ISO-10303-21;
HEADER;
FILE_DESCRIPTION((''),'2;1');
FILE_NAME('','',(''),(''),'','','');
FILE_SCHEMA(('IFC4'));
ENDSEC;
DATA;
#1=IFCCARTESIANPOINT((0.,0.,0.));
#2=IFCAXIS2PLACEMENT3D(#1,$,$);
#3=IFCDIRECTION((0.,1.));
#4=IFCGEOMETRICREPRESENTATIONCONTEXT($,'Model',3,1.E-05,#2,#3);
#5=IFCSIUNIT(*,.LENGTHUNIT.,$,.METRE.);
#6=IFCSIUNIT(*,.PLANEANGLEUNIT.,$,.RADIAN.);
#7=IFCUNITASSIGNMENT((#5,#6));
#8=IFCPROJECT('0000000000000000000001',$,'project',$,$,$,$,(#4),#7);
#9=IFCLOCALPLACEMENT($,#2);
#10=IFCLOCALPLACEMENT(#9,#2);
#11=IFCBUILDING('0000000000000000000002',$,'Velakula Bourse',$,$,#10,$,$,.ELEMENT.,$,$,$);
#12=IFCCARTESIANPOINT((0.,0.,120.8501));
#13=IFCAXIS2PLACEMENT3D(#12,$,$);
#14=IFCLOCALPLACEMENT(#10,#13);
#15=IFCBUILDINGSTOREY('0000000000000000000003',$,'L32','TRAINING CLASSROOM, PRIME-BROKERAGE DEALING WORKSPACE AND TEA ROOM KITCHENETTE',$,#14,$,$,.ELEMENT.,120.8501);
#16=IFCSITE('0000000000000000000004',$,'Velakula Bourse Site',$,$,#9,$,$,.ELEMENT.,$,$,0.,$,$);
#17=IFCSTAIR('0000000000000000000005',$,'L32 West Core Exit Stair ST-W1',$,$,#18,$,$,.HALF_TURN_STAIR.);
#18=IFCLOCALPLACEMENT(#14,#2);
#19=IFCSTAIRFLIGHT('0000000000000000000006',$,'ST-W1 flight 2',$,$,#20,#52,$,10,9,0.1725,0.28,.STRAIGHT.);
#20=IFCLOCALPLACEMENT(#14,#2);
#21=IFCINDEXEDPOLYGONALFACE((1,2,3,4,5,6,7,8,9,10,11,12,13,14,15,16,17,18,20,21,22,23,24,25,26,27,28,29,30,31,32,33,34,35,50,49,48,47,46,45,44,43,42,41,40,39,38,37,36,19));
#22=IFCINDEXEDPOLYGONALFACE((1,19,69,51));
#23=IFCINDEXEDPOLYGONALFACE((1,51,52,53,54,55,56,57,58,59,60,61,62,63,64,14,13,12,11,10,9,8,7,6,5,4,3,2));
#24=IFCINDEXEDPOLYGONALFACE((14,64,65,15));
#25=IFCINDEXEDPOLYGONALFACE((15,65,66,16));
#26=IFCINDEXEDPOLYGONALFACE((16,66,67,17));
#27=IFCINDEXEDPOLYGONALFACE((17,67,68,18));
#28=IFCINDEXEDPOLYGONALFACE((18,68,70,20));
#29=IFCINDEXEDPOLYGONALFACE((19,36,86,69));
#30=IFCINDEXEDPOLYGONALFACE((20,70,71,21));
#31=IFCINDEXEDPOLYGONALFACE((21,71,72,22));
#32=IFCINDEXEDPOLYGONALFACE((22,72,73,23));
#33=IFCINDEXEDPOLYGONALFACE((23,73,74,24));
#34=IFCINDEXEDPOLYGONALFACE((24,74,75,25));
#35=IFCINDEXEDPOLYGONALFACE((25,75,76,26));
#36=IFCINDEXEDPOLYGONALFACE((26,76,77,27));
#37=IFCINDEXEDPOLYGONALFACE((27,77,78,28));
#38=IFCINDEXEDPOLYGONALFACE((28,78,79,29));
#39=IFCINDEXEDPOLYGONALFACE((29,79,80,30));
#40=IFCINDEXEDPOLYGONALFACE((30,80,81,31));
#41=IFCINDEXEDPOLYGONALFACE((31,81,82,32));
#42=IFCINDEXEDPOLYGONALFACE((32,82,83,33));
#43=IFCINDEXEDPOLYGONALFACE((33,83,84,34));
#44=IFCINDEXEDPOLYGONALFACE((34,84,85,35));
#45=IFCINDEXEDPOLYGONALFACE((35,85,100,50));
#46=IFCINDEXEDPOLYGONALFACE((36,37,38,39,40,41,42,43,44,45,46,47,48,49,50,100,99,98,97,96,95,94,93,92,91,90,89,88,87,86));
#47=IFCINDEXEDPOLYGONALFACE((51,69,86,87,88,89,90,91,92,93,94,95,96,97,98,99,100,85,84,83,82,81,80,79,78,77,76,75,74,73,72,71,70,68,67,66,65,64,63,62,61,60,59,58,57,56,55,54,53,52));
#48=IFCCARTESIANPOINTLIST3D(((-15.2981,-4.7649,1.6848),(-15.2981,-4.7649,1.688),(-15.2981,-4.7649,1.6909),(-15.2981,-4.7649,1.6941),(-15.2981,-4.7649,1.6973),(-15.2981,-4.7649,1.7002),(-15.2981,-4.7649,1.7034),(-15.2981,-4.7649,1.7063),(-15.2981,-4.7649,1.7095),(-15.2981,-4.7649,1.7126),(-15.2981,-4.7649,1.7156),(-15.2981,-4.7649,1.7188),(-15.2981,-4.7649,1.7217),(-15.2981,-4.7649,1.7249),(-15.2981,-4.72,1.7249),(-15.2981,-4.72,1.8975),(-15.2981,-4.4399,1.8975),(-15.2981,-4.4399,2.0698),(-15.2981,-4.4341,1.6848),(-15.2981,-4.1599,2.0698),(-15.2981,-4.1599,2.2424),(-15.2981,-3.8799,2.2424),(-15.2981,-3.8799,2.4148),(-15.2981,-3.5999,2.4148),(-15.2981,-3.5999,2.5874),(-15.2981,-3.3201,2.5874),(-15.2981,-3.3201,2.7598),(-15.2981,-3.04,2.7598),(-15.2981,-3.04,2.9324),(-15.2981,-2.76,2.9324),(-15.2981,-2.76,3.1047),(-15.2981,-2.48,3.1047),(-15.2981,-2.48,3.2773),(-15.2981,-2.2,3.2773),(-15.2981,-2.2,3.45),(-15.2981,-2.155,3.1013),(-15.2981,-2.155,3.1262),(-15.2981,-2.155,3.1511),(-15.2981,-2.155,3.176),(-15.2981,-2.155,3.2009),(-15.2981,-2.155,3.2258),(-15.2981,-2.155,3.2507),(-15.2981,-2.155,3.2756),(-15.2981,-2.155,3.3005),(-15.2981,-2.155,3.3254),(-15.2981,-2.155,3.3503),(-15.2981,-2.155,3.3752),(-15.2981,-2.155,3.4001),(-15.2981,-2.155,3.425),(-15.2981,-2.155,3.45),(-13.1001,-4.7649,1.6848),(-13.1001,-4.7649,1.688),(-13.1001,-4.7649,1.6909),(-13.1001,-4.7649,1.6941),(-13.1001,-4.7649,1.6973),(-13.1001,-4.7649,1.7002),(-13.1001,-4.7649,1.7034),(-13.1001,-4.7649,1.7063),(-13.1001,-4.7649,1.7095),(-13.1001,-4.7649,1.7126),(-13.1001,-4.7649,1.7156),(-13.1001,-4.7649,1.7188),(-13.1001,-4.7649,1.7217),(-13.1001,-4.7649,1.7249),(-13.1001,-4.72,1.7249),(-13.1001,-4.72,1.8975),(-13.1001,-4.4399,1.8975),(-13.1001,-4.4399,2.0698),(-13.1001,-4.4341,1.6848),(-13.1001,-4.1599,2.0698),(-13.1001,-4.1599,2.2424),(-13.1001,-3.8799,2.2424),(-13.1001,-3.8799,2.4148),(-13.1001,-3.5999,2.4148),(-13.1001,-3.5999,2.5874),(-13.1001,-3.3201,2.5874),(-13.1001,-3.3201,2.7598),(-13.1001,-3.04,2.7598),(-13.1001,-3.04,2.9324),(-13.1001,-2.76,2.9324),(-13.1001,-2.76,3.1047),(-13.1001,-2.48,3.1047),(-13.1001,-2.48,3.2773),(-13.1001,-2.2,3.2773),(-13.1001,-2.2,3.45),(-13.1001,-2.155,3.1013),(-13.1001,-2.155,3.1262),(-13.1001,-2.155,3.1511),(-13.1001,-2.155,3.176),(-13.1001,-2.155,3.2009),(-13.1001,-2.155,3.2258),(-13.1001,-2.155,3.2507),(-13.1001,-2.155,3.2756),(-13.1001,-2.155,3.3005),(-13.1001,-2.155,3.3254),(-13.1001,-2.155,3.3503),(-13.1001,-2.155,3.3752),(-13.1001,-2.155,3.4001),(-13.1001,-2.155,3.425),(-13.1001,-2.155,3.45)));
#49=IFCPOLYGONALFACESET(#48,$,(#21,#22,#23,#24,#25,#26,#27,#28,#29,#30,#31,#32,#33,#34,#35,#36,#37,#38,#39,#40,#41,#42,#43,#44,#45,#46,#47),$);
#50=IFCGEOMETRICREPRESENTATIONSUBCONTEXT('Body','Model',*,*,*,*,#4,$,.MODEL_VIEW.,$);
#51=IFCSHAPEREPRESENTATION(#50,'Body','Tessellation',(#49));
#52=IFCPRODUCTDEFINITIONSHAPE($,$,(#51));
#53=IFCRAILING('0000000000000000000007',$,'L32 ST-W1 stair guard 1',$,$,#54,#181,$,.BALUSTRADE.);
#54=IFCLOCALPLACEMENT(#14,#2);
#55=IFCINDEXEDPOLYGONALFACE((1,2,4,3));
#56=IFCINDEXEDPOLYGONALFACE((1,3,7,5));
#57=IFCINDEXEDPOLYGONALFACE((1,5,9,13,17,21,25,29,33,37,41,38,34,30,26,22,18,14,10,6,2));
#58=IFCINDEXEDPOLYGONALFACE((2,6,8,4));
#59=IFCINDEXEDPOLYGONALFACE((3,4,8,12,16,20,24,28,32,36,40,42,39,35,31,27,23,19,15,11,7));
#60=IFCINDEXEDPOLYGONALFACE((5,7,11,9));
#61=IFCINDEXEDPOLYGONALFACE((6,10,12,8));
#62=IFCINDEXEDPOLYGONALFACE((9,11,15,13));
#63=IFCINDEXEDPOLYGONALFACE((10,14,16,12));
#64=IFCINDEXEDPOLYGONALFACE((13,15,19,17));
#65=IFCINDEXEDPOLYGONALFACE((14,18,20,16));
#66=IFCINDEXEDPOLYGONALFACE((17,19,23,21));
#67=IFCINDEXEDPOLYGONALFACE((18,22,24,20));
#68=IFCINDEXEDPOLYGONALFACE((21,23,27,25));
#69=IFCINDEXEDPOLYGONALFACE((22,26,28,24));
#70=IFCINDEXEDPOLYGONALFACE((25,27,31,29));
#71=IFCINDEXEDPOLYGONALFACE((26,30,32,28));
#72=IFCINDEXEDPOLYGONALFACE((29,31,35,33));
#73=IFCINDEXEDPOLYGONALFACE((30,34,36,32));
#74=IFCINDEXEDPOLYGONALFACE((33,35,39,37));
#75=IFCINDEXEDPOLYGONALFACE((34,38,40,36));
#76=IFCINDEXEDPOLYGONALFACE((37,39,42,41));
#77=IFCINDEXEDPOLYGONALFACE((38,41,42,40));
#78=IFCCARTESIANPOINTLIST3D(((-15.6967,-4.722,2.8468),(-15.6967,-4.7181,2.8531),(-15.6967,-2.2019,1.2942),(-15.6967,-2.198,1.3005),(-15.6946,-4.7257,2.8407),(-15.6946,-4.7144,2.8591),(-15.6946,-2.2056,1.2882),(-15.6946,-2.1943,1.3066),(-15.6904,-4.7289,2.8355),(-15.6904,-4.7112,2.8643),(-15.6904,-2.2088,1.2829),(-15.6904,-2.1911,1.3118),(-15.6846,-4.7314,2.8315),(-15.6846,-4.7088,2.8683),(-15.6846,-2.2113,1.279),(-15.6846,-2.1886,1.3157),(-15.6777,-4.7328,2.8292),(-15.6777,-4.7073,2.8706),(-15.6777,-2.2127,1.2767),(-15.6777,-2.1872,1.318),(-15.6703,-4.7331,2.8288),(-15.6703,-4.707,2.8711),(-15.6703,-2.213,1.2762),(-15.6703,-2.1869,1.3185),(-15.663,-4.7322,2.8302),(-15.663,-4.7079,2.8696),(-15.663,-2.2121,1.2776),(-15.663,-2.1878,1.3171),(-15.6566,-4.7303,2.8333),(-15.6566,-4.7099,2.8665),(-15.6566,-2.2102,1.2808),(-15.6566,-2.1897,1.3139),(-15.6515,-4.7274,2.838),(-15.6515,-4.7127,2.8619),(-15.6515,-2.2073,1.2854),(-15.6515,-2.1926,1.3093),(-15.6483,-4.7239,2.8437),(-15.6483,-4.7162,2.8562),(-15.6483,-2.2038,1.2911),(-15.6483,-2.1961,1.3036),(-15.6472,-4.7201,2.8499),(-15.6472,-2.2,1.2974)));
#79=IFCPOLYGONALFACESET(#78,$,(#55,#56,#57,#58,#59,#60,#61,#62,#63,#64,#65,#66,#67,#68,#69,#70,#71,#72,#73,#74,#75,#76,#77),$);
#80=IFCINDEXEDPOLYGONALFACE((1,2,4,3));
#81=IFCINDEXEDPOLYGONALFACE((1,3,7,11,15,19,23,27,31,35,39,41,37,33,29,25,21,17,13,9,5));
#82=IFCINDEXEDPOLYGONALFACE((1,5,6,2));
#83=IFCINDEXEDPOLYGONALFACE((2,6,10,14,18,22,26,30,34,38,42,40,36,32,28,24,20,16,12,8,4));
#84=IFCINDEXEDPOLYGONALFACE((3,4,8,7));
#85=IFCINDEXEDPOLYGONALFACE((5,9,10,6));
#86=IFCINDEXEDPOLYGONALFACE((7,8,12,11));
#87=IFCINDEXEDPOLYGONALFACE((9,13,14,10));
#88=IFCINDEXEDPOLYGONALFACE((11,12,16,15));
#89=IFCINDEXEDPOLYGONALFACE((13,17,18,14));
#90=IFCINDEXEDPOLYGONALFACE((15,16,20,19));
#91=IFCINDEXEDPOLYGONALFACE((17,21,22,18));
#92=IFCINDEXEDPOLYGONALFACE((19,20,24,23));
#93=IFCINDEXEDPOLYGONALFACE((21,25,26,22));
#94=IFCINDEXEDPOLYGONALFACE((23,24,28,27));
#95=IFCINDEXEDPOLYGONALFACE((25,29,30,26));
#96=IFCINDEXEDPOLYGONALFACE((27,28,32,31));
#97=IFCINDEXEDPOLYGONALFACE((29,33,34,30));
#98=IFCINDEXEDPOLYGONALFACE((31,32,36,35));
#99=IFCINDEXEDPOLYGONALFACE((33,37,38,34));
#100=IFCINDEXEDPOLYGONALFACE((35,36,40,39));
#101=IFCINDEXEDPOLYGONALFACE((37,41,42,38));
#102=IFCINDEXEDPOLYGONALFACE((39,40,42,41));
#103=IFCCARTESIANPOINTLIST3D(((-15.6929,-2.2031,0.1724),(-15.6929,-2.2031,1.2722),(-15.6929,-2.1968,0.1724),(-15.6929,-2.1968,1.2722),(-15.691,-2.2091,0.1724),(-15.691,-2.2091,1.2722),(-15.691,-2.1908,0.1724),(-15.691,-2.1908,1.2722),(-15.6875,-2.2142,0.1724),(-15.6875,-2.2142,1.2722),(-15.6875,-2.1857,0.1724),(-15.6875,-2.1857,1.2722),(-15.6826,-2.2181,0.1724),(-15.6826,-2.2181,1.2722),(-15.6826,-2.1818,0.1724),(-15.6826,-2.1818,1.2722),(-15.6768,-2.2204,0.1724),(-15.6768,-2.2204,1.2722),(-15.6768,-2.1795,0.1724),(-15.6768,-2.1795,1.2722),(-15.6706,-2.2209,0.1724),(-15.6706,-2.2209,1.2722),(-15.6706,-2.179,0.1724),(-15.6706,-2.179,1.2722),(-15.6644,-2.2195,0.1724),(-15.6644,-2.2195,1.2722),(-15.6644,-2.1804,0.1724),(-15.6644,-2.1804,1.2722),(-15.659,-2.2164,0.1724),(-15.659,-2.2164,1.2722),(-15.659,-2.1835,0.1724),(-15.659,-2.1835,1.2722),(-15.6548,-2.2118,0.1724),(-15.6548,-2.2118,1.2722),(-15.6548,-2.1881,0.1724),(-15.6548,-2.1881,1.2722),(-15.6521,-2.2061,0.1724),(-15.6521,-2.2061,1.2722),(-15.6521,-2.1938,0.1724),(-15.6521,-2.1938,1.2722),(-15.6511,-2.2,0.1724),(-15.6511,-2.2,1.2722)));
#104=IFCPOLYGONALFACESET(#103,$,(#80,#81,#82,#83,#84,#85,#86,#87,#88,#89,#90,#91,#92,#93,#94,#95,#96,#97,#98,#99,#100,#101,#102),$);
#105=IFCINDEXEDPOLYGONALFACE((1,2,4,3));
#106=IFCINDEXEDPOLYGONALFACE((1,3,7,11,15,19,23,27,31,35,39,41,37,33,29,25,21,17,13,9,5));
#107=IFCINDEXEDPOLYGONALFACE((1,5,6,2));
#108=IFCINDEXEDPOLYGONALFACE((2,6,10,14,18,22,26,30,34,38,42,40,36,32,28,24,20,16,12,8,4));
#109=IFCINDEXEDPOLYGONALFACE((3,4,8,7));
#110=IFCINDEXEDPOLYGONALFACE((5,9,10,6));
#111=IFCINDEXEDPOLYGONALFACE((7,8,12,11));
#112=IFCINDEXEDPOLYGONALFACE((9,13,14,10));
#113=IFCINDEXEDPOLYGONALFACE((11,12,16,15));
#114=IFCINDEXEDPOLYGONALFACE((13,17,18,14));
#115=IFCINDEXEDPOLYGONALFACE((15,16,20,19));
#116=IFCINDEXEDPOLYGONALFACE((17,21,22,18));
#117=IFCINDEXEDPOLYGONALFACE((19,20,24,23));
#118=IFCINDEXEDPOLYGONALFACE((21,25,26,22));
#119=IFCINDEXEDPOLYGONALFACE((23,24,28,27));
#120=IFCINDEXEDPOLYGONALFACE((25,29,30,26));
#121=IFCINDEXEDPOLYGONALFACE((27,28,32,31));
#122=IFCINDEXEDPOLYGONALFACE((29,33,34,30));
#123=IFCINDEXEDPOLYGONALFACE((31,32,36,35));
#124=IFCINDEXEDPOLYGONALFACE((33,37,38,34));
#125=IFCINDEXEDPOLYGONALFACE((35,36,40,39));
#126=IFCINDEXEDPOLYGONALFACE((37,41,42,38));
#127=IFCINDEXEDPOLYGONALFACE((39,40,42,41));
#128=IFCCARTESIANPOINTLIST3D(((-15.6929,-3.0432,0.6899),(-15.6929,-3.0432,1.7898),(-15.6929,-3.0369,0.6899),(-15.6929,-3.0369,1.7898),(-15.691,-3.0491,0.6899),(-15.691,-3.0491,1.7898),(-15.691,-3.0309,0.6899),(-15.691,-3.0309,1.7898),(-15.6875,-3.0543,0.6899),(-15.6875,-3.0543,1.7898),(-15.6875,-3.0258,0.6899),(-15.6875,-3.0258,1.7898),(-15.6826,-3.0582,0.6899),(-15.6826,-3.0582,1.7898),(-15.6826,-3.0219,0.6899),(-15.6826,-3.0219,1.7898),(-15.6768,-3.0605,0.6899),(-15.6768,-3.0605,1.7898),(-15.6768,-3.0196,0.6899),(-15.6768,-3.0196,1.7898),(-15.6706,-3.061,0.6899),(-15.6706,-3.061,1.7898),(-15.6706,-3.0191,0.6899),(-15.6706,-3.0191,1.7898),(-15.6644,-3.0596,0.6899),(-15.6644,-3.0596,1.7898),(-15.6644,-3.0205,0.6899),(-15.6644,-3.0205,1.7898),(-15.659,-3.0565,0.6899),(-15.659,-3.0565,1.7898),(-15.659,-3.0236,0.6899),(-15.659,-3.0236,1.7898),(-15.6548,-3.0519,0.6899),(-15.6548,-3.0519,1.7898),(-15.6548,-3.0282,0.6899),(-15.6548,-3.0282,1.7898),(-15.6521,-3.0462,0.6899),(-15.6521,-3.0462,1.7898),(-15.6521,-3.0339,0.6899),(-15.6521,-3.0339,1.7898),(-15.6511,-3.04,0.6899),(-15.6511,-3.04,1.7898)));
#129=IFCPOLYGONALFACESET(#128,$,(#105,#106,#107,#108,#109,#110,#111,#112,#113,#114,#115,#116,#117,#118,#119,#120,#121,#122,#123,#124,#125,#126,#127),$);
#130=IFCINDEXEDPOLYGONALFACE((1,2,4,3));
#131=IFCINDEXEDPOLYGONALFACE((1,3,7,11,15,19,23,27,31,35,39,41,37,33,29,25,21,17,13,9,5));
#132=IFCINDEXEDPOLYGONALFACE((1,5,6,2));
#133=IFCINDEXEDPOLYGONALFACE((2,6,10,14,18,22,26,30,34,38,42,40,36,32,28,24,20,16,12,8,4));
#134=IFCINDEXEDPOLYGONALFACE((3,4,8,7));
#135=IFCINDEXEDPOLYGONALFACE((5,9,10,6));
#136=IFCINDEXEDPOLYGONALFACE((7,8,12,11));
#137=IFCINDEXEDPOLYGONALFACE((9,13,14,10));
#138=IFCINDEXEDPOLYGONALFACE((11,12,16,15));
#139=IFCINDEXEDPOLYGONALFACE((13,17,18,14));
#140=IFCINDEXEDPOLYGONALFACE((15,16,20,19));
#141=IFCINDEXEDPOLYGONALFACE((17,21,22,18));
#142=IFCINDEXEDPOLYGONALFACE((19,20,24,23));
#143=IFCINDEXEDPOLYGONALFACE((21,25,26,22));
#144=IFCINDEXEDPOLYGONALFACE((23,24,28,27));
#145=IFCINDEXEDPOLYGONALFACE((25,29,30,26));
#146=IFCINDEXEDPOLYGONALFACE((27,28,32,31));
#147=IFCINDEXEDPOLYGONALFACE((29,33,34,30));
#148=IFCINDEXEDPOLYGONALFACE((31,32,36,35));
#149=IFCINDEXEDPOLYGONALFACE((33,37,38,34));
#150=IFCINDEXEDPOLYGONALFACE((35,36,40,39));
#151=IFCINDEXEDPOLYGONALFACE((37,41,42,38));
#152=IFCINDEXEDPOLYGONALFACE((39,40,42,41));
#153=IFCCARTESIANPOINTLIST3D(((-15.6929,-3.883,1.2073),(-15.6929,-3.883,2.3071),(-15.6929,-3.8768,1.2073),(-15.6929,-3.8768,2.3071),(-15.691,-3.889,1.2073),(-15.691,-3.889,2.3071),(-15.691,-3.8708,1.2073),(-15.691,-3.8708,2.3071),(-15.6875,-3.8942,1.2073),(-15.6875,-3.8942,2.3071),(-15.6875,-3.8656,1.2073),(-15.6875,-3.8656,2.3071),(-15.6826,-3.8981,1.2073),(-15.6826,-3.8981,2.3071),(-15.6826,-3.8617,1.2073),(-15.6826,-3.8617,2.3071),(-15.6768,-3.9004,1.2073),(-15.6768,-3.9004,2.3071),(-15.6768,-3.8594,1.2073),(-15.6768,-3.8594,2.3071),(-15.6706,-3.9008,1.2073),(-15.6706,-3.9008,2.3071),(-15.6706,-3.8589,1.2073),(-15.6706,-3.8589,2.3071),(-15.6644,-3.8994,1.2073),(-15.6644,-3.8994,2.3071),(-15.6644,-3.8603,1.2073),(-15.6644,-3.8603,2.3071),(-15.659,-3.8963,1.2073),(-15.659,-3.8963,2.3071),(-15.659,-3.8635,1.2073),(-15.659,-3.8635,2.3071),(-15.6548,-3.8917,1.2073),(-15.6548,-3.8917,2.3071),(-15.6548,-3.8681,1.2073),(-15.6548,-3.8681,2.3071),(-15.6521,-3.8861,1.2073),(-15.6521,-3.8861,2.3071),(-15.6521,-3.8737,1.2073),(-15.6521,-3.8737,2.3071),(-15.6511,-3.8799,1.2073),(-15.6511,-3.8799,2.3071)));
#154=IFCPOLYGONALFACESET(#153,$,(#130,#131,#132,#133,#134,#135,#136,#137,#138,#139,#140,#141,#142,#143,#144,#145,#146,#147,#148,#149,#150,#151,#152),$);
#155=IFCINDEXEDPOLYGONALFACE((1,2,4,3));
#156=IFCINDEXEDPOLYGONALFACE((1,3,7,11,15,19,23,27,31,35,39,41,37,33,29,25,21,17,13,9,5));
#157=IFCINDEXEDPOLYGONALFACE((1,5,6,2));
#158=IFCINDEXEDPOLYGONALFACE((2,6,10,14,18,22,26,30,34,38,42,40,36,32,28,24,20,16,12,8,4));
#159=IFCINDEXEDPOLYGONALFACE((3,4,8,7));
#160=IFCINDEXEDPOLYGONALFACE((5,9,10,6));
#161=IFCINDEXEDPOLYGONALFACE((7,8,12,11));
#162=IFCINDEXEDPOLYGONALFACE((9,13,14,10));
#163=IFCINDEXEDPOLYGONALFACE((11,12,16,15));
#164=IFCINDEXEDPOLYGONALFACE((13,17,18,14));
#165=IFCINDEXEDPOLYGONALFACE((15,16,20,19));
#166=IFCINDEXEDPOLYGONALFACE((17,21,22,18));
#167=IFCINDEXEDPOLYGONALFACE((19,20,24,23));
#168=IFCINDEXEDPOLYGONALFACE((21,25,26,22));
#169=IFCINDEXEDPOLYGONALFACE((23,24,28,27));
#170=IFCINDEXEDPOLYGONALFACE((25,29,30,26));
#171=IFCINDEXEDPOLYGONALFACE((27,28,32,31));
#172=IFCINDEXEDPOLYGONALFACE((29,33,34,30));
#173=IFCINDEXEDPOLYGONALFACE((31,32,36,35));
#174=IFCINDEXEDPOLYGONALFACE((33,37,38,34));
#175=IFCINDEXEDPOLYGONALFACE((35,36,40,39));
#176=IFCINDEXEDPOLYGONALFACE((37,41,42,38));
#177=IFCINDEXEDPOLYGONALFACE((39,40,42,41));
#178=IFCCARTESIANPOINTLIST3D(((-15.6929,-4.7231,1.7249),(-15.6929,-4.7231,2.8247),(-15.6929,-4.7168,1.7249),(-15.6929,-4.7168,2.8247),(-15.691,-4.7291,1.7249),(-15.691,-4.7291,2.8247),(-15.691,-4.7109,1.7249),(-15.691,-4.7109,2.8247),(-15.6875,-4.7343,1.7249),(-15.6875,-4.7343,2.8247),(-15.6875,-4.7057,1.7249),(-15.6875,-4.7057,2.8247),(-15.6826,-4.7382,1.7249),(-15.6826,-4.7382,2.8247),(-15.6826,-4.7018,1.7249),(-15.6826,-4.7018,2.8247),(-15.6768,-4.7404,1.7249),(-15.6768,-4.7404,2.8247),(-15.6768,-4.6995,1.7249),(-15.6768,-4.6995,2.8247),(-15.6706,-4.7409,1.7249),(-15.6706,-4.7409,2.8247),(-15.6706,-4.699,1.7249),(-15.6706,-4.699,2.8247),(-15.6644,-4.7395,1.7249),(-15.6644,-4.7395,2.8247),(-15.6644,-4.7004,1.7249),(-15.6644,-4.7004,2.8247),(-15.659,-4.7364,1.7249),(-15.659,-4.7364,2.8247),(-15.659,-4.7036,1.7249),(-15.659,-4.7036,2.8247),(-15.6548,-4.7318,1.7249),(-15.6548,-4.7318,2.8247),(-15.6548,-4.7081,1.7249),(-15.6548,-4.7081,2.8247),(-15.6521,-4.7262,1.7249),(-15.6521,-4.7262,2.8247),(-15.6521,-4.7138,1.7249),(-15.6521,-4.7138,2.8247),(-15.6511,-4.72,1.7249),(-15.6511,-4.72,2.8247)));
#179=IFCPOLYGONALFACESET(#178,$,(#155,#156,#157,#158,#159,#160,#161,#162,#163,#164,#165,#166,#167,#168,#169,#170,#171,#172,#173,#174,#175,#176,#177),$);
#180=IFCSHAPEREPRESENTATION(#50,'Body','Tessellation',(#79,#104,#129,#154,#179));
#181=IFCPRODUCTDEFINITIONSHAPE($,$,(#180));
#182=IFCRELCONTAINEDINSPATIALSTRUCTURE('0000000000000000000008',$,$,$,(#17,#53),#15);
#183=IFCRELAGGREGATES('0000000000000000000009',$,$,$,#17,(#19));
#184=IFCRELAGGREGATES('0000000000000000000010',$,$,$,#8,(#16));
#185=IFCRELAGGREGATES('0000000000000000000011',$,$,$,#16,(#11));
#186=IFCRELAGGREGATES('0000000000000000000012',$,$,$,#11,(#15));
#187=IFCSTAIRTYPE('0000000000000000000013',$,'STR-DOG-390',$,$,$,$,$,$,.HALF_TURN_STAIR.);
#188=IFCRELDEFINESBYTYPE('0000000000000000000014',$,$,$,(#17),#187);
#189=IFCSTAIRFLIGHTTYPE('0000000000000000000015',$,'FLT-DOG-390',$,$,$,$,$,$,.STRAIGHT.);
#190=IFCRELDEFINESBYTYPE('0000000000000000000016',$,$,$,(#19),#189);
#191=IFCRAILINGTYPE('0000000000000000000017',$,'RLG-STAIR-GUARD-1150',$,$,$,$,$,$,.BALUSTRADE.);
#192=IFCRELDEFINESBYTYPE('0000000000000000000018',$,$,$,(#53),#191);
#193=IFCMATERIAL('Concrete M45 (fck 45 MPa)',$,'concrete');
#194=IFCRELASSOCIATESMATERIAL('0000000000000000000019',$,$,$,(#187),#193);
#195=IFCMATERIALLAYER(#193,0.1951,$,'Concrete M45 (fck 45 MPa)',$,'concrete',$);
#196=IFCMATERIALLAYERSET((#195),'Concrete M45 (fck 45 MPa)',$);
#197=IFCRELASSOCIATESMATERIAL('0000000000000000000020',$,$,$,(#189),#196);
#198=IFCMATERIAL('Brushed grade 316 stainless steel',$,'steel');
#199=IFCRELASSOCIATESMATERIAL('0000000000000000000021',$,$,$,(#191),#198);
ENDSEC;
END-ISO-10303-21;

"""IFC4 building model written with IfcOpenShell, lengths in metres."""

from ifc_helpers import new_model, si_unit, direction, frame, origin, origin_2d, place, context, subcontext, project, spatial, polyline, circle, outline, extrude, material, layer, layer_set, type_object, element, aggregate, save


model = new_model("IFC4")

# Units and contexts
model_context = context("Model", 3, precision=1e-05, world=origin(), true_north=direction((0.0, 1.0)))
body_context = subcontext(model_context, "Body", "Model", "MODEL_VIEW")
ifc_project = project(units=[si_unit("LENGTHUNIT", "METRE"), si_unit("PLANEANGLEUNIT", "RADIAN")], contexts=[model_context])

# Site, building, storey
site_placement = place(None, origin())
site = spatial("IfcSite", under=ifc_project, at=site_placement, Name="Velakula Bourse Site", CompositionType="ELEMENT", RefElevation=0.0)
building_placement = place(site_placement, origin())
building = spatial("IfcBuilding", under=site, at=building_placement, Name="Velakula Bourse", CompositionType="ELEMENT")
storey_placement = place(building_placement, frame((0.0, 0.0, 120.8501)))
storey = spatial("IfcBuildingStorey", under=building, at=storey_placement, Name="L32", Description="TRAINING CLASSROOM, PRIME-BROKERAGE DEALING WORKSPACE AND TEA ROOM KITCHENETTE", CompositionType="ELEMENT", Elevation=120.8501)

# Shared definitions
ifc_material_1 = material(Name="Brushed grade 316 stainless steel", Category="steel")

# Stair, stair flight
ifc_material_2 = material(Name="Concrete M45 (fck 45 MPa)", Category="concrete")
stair_type = type_object("IfcStairType", Name="STR-DOG-390", PredefinedType="HALF_TURN_STAIR", material=ifc_material_2)
stair_placement = place(storey_placement, origin())
stair = element("IfcStair", 1, at=stair_placement, inside=storey, type_object=stair_type, Name="L32 West Core Exit Stair ST-W1", PredefinedType="HALF_TURN_STAIR")
ifc_layer_1 = layer(ifc_material_2, 0.1951, Name="Concrete M45 (fck 45 MPa)", Category="concrete")
ifc_layer_set_1 = layer_set([ifc_layer_1], Name="Concrete M45 (fck 45 MPa)")
stair_flight_type = type_object("IfcStairFlightType", Name="FLT-DOG-390", PredefinedType="STRAIGHT", material=ifc_layer_set_1)
stair_flight_1_placement = place(storey_placement, frame((-14.199, -4.72, 1.7249), z_axis=(0.0, 0.0, 1.0), x_axis=(0.0, 1.0, 0.0)))
stair_flight_1 = element("IfcStairFlight", 2, at=stair_flight_1_placement, type_object=stair_flight_type, Name="ST-W1 flight 2", NumberOfRisers=10, NumberOfTreads=9, PredefinedType="STRAIGHT", RiserHeight=0.1725, TreadLength=0.28, context=body_context, shape_type="SweptSolid", body=[
    extrude(outline(polyline([(-0.0449, -0.04), (-0.0449, -0.0369), (-0.0449, -0.0339), (-0.0449, -0.0308), (-0.0449, -0.0276), (-0.0449, -0.0247), (-0.0449, -0.0215), (-0.0449, -0.0186), (-0.0449, -0.0154), (-0.0449, -0.0122), (-0.0449, -0.0093), (-0.0449, -0.0061), (-0.0449, -0.0032), (-0.0449, 0.0), (0.0, 0.0), (0.0, 0.1726), (0.28, 0.1726), (0.28, 0.345), (0.5601, 0.345), (0.5601, 0.5176), (0.8401, 0.5176), (0.8401, 0.6899), (1.1201, 0.6899), (1.1201, 0.8625), (1.3999, 0.8625), (1.3999, 1.0349), (1.6799, 1.0349), (1.6799, 1.2075), (1.96, 1.2075), (1.96, 1.3799), (2.24, 1.3799), (2.24, 1.5525), (2.52, 1.5525), (2.52, 1.7251), (2.5649, 1.7251), (2.5649, 1.7002), (2.5649, 1.6753), (2.5649, 1.6504), (2.5649, 1.6255), (2.5649, 1.6006), (2.5649, 1.5757), (2.5649, 1.5508), (2.5649, 1.5259), (2.5649, 1.501), (2.5649, 1.4761), (2.5649, 1.4512), (2.5649, 1.4263), (2.5649, 1.4014), (2.5649, 1.3765), (0.2859, -0.04), (-0.0449, -0.04)])), frame((0.0, 1.0991, 0.0), z_axis=(0.0, -1.0, 0.0), x_axis=(1.0, 0.0, 0.0)), (0.0, 0.0, 1.0), 2.198),
])
aggregate(stair, [stair_flight_1])

# Railing
railing_type_1 = type_object("IfcRailingType", Name="RLG-STAIR-GUARD-1150", PredefinedType="BALUSTRADE", material=ifc_material_1)
railing_1_placement = place(storey_placement, frame((-15.6721, -2.2, 0.1724)))
element("IfcRailing", 3, at=railing_1_placement, inside=storey, type_object=railing_type_1, Name="L32 ST-W1 stair guard 1", PredefinedType="BALUSTRADE", context=body_context, shape_type="SweptSolid", body=[
    extrude(circle(Radius=0.0249, at=origin_2d()), frame((0.0, 0.0, 1.125), z_axis=(0.0, -0.8514, 0.524516), x_axis=(1.0, 0.0, 0.0)), (0.0, 0.0, 1.0), 2.96),
    extrude(circle(Radius=0.021, at=origin_2d()), origin(), (0.0, 0.0, 1.0), 1.0999),
    extrude(circle(Radius=0.021, at=origin_2d()), frame((0.0, -0.8401, 0.5176)), (0.0, 0.0, 1.0), 1.0999),
    extrude(circle(Radius=0.021, at=origin_2d()), frame((0.0, -1.6799, 1.0349)), (0.0, 0.0, 1.0), 1.0999),
    extrude(circle(Radius=0.021, at=origin_2d()), frame((0.0, -2.52, 1.5525)), (0.0, 0.0, 1.0), 1.0999),
])

save(model, "model.ifc")
